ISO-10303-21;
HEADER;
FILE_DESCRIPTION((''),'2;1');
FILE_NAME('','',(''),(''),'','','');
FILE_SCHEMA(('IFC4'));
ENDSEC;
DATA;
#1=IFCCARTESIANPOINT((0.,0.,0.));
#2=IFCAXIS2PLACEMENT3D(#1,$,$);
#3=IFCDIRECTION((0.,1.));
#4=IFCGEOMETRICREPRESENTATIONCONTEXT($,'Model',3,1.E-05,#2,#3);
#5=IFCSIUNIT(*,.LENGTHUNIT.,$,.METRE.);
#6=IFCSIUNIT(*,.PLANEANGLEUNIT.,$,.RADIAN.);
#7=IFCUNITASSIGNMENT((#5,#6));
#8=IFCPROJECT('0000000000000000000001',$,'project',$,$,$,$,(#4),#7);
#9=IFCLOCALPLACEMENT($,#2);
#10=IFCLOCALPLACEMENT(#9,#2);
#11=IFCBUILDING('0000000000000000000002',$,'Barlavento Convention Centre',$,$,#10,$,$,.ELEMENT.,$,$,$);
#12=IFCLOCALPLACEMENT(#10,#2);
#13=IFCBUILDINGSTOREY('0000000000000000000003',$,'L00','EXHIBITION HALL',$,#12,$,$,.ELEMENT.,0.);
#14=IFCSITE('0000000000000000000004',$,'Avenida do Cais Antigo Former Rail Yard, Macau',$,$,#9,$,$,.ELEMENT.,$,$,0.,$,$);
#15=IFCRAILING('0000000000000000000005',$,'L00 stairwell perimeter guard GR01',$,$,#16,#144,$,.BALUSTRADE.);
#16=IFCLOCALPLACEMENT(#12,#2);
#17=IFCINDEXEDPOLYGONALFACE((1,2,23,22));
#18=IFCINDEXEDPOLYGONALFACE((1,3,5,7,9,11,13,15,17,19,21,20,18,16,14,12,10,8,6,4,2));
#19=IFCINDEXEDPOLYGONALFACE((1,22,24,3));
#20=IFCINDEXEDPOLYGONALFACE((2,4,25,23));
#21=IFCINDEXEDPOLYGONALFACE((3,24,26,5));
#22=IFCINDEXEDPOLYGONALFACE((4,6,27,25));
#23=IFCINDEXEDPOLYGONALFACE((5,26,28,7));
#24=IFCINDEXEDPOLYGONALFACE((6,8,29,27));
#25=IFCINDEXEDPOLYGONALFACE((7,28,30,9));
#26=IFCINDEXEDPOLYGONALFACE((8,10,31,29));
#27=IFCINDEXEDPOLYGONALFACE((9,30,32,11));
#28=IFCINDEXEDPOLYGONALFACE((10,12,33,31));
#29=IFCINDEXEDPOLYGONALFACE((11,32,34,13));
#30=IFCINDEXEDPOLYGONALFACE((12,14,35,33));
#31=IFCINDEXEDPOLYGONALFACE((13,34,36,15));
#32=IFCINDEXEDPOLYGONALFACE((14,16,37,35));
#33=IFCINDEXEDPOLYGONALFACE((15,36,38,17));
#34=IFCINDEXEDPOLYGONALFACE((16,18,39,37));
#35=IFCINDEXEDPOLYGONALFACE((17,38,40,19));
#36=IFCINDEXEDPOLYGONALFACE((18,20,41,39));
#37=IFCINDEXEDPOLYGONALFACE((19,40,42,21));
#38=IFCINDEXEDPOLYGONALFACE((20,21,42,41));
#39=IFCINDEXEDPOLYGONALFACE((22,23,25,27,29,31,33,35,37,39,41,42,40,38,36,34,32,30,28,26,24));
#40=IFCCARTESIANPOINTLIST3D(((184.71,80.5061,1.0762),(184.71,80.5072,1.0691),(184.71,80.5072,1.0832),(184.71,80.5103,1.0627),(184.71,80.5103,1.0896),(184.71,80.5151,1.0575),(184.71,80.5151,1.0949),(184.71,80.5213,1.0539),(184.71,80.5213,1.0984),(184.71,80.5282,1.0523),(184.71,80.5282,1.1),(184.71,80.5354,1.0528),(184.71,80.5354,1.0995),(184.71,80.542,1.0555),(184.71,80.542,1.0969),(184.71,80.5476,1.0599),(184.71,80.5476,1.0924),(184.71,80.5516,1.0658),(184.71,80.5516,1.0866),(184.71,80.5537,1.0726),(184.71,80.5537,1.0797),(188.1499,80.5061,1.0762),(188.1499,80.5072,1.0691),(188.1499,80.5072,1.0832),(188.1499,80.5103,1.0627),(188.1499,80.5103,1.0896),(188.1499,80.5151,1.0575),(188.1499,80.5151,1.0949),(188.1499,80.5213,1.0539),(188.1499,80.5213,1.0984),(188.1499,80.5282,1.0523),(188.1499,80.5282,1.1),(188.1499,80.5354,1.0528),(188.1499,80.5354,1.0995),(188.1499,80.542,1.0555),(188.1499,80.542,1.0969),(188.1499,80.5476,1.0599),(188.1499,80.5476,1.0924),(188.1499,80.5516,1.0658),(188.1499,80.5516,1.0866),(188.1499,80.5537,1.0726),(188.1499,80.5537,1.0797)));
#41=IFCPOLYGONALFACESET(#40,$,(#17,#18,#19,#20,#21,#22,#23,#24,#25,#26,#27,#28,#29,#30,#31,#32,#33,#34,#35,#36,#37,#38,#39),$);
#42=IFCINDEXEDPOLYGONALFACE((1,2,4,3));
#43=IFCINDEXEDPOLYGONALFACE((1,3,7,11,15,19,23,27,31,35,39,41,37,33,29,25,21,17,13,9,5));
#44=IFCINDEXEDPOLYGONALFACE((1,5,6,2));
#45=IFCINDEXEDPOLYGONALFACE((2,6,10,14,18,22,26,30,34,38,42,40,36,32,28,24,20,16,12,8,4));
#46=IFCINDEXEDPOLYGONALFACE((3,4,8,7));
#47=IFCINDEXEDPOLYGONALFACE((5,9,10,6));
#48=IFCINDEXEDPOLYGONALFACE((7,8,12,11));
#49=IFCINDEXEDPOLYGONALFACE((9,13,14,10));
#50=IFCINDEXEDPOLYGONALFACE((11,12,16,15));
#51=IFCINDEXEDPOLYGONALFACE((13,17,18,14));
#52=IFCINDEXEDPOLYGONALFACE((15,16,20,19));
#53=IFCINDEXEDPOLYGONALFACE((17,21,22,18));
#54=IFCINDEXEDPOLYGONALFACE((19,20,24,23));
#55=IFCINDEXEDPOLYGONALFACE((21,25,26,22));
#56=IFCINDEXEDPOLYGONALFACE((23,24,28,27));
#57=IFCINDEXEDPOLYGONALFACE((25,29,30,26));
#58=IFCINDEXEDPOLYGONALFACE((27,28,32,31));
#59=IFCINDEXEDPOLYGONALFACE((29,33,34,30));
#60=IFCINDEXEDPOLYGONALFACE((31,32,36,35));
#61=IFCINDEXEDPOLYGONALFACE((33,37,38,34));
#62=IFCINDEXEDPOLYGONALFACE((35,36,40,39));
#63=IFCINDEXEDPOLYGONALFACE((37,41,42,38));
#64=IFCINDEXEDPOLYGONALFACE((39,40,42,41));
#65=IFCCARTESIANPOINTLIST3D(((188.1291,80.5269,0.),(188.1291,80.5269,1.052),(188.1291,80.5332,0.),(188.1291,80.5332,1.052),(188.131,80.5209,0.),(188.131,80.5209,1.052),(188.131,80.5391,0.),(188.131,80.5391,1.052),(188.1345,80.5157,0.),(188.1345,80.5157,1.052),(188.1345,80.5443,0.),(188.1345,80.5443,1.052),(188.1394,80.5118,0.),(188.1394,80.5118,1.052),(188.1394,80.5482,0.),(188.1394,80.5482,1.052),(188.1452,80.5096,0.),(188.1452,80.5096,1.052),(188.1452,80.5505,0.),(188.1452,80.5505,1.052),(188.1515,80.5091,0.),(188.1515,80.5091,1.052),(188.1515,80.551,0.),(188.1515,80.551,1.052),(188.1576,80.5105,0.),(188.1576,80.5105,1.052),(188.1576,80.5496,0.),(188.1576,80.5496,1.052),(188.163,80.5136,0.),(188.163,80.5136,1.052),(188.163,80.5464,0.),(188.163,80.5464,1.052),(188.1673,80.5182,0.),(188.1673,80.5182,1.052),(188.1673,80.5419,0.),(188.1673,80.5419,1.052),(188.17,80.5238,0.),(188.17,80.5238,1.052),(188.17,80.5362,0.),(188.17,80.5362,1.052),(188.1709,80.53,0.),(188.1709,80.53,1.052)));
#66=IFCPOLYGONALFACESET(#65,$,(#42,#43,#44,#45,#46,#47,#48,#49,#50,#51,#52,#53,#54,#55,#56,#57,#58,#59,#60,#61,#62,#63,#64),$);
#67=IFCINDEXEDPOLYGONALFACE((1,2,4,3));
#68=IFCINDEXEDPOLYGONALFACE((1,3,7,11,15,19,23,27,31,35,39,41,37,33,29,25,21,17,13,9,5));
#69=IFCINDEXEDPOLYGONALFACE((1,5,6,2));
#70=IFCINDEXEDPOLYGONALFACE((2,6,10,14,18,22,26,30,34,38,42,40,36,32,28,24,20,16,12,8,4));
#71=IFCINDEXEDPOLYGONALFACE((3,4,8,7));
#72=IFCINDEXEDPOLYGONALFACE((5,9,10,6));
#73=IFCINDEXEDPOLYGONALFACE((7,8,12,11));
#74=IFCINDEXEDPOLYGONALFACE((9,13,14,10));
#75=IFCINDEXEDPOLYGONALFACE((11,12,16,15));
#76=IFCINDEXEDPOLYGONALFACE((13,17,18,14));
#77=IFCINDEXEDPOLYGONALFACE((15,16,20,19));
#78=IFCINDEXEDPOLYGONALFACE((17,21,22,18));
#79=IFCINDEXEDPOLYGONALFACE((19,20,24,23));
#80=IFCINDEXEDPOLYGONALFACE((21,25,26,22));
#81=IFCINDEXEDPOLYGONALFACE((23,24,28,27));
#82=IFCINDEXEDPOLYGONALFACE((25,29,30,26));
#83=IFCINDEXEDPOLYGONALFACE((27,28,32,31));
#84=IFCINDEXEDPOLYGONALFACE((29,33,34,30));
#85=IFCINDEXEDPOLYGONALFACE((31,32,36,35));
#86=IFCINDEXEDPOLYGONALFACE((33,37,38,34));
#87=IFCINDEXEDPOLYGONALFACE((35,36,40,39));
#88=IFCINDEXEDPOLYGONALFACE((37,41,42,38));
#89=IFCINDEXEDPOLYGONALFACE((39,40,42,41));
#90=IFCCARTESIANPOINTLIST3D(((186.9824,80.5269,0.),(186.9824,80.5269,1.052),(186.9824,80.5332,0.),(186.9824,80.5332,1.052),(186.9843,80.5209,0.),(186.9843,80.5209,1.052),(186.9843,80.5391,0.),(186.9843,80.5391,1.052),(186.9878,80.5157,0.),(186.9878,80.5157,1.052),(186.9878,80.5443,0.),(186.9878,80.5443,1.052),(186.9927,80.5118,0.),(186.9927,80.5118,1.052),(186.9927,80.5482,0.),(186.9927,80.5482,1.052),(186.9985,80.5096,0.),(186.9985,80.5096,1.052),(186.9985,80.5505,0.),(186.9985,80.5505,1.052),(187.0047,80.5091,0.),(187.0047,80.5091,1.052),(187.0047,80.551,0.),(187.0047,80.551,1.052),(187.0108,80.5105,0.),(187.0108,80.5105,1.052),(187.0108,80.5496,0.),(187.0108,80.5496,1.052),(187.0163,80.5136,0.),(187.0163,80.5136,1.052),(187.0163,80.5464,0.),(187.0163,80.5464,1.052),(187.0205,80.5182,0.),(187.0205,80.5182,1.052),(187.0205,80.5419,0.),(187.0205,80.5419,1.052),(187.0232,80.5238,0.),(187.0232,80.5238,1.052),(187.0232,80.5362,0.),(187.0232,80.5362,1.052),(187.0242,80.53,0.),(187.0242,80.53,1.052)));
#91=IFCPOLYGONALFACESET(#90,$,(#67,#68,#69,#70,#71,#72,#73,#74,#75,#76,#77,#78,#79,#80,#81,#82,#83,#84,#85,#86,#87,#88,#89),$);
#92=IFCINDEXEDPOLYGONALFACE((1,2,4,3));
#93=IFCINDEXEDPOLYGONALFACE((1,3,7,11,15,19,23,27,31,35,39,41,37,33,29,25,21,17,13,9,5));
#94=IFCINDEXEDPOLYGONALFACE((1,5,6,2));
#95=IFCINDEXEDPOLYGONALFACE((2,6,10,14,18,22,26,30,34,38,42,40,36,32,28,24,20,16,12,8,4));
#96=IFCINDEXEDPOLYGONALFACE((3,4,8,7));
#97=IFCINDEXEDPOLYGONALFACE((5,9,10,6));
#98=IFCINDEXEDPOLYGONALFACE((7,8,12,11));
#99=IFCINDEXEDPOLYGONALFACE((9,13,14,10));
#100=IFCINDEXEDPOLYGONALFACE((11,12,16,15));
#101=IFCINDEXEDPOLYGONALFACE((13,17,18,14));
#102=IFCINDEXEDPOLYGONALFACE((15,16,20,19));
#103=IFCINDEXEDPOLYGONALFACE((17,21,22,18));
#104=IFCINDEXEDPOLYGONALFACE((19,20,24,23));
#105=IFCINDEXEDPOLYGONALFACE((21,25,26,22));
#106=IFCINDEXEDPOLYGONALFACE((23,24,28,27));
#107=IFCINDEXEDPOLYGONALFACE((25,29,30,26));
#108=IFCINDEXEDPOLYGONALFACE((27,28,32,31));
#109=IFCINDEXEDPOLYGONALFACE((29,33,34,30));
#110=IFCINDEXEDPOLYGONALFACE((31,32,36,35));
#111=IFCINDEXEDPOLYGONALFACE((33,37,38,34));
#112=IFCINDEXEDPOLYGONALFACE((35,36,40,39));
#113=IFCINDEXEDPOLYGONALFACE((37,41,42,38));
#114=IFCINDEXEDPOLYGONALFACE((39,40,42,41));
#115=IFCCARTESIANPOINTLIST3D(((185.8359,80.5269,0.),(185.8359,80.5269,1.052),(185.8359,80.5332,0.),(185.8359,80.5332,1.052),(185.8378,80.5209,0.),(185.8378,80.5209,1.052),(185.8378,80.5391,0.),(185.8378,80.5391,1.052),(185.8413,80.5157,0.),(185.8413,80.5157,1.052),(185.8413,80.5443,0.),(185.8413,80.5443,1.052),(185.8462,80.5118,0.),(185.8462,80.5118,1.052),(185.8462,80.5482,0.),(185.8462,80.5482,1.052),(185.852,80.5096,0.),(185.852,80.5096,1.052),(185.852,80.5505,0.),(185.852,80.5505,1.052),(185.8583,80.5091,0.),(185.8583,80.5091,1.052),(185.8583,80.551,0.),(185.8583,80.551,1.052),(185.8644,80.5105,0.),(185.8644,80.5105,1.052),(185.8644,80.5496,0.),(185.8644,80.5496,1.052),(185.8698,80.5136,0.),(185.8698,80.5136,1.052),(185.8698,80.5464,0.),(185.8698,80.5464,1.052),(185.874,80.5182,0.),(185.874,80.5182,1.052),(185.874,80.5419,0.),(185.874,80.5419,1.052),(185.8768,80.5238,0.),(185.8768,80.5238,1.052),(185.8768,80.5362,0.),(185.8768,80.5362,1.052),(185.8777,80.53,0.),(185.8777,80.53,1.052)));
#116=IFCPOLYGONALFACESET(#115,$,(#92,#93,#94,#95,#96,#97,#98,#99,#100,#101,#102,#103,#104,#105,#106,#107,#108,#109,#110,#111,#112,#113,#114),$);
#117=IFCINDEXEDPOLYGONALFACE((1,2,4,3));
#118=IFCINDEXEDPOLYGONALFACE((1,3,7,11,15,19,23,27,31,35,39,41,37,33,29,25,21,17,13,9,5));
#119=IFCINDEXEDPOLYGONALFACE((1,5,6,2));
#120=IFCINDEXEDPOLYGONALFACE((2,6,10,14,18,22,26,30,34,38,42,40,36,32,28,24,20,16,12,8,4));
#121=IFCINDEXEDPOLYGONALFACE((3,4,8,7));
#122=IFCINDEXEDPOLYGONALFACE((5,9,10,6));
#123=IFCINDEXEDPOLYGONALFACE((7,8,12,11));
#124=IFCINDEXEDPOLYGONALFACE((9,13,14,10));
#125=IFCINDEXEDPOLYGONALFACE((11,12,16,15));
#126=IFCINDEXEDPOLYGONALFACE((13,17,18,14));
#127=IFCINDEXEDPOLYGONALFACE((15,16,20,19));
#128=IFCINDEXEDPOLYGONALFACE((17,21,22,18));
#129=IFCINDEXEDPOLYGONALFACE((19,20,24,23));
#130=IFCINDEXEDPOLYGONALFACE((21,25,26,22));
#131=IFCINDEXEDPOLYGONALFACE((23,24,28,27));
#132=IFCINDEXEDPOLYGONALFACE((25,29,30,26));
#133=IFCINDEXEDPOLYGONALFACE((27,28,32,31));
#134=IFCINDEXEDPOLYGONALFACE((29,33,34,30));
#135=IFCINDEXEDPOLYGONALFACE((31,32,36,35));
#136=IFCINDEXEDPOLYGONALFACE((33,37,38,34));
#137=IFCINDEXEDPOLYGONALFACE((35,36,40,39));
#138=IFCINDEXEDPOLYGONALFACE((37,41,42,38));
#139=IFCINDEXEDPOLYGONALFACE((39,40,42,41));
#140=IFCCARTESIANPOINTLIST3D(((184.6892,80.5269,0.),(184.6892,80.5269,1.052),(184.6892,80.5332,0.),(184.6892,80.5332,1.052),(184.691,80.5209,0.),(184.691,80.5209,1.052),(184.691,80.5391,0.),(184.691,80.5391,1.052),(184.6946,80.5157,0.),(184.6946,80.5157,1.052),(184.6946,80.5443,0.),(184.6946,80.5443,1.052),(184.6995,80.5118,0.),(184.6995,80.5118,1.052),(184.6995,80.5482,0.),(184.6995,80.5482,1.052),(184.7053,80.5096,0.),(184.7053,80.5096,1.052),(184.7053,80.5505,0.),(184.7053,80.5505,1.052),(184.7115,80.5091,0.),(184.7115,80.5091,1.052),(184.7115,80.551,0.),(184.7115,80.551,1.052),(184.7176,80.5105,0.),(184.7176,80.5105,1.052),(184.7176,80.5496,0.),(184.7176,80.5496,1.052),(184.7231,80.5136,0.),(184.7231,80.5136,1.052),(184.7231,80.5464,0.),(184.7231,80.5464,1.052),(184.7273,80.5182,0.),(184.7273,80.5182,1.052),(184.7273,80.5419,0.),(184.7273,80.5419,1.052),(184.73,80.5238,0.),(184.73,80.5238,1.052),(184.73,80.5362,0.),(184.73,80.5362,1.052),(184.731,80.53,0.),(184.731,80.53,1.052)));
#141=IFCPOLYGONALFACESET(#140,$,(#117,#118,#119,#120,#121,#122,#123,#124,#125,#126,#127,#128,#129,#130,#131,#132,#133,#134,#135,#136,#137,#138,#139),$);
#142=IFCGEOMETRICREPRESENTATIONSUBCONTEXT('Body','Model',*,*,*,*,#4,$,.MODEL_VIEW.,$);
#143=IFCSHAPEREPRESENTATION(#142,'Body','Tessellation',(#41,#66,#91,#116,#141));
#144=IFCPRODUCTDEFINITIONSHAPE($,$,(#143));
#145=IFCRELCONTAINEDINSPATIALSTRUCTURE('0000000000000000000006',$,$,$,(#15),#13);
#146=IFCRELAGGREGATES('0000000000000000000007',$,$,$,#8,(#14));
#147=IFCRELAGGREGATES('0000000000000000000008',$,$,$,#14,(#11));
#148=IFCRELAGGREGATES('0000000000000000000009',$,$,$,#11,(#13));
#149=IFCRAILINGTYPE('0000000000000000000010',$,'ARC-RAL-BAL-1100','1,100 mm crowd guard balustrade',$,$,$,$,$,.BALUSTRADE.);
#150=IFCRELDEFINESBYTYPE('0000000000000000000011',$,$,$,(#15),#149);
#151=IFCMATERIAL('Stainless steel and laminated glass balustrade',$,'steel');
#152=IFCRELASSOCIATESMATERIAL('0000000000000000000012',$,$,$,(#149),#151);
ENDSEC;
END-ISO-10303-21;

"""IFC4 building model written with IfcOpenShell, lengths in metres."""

from ifc_helpers import new_model, si_unit, direction, frame, origin, origin_2d, place, context, subcontext, project, spatial, circle, extrude, material, type_object, element, save


model = new_model("IFC4")

# Units and contexts
model_context = context("Model", 3, precision=1e-05, world=origin(), true_north=direction((0.0, 1.0)))
body_context = subcontext(model_context, "Body", "Model", "MODEL_VIEW")
ifc_project = project(units=[si_unit("LENGTHUNIT", "METRE"), si_unit("PLANEANGLEUNIT", "RADIAN")], contexts=[model_context])

# Site, building, storey
site_placement = place(None, origin())
site = spatial("IfcSite", under=ifc_project, at=site_placement, Name="Avenida do Cais Antigo Former Rail Yard, Macau", CompositionType="ELEMENT", RefElevation=0.0)
building_placement = place(site_placement, origin())
building = spatial("IfcBuilding", under=site, at=building_placement, Name="Barlavento Convention Centre", CompositionType="ELEMENT")
storey_placement = place(building_placement, origin())
storey = spatial("IfcBuildingStorey", under=building, at=storey_placement, Name="L00", Description="EXHIBITION HALL", CompositionType="ELEMENT", Elevation=0.0)

# Railing
ifc_material_1 = material(Name="Stainless steel and laminated glass balustrade", Category="steel")
railing_type = type_object("IfcRailingType", Name="ARC-RAL-BAL-1100", Description="1,100 mm crowd guard balustrade", PredefinedType="BALUSTRADE", material=ifc_material_1)
for number, where, name in (
    (1, (188.1499, 80.53, 0.0), "L00 stairwell perimeter guard GR01"),
):
    element("IfcRailing", number, at=place(storey_placement, frame(where)), inside=storey, type_object=railing_type, Name=name, PredefinedType="BALUSTRADE", context=body_context, shape_type="SweptSolid", body=[
        extrude(circle(Radius=0.0239, at=origin_2d()), frame((0.0, 0.0, 1.0762), z_axis=(-1.0, 0.0, 0.0), x_axis=(0.0, -1.0, 0.0)), (0.0, 0.0, 1.0), 3.4399),
        extrude(circle(Radius=0.021, at=origin_2d()), origin(), (0.0, 0.0, 1.0), 1.052),
        extrude(circle(Radius=0.021, at=origin_2d()), frame((-1.1467, 0.0, 0.0)), (0.0, 0.0, 1.0), 1.052),
        extrude(circle(Radius=0.021, at=origin_2d()), frame((-2.2932, 0.0, 0.0)), (0.0, 0.0, 1.0), 1.052),
        extrude(circle(Radius=0.021, at=origin_2d()), frame((-3.4399, 0.0, 0.0)), (0.0, 0.0, 1.0), 1.052),
    ])

save(model, "model.ifc")
